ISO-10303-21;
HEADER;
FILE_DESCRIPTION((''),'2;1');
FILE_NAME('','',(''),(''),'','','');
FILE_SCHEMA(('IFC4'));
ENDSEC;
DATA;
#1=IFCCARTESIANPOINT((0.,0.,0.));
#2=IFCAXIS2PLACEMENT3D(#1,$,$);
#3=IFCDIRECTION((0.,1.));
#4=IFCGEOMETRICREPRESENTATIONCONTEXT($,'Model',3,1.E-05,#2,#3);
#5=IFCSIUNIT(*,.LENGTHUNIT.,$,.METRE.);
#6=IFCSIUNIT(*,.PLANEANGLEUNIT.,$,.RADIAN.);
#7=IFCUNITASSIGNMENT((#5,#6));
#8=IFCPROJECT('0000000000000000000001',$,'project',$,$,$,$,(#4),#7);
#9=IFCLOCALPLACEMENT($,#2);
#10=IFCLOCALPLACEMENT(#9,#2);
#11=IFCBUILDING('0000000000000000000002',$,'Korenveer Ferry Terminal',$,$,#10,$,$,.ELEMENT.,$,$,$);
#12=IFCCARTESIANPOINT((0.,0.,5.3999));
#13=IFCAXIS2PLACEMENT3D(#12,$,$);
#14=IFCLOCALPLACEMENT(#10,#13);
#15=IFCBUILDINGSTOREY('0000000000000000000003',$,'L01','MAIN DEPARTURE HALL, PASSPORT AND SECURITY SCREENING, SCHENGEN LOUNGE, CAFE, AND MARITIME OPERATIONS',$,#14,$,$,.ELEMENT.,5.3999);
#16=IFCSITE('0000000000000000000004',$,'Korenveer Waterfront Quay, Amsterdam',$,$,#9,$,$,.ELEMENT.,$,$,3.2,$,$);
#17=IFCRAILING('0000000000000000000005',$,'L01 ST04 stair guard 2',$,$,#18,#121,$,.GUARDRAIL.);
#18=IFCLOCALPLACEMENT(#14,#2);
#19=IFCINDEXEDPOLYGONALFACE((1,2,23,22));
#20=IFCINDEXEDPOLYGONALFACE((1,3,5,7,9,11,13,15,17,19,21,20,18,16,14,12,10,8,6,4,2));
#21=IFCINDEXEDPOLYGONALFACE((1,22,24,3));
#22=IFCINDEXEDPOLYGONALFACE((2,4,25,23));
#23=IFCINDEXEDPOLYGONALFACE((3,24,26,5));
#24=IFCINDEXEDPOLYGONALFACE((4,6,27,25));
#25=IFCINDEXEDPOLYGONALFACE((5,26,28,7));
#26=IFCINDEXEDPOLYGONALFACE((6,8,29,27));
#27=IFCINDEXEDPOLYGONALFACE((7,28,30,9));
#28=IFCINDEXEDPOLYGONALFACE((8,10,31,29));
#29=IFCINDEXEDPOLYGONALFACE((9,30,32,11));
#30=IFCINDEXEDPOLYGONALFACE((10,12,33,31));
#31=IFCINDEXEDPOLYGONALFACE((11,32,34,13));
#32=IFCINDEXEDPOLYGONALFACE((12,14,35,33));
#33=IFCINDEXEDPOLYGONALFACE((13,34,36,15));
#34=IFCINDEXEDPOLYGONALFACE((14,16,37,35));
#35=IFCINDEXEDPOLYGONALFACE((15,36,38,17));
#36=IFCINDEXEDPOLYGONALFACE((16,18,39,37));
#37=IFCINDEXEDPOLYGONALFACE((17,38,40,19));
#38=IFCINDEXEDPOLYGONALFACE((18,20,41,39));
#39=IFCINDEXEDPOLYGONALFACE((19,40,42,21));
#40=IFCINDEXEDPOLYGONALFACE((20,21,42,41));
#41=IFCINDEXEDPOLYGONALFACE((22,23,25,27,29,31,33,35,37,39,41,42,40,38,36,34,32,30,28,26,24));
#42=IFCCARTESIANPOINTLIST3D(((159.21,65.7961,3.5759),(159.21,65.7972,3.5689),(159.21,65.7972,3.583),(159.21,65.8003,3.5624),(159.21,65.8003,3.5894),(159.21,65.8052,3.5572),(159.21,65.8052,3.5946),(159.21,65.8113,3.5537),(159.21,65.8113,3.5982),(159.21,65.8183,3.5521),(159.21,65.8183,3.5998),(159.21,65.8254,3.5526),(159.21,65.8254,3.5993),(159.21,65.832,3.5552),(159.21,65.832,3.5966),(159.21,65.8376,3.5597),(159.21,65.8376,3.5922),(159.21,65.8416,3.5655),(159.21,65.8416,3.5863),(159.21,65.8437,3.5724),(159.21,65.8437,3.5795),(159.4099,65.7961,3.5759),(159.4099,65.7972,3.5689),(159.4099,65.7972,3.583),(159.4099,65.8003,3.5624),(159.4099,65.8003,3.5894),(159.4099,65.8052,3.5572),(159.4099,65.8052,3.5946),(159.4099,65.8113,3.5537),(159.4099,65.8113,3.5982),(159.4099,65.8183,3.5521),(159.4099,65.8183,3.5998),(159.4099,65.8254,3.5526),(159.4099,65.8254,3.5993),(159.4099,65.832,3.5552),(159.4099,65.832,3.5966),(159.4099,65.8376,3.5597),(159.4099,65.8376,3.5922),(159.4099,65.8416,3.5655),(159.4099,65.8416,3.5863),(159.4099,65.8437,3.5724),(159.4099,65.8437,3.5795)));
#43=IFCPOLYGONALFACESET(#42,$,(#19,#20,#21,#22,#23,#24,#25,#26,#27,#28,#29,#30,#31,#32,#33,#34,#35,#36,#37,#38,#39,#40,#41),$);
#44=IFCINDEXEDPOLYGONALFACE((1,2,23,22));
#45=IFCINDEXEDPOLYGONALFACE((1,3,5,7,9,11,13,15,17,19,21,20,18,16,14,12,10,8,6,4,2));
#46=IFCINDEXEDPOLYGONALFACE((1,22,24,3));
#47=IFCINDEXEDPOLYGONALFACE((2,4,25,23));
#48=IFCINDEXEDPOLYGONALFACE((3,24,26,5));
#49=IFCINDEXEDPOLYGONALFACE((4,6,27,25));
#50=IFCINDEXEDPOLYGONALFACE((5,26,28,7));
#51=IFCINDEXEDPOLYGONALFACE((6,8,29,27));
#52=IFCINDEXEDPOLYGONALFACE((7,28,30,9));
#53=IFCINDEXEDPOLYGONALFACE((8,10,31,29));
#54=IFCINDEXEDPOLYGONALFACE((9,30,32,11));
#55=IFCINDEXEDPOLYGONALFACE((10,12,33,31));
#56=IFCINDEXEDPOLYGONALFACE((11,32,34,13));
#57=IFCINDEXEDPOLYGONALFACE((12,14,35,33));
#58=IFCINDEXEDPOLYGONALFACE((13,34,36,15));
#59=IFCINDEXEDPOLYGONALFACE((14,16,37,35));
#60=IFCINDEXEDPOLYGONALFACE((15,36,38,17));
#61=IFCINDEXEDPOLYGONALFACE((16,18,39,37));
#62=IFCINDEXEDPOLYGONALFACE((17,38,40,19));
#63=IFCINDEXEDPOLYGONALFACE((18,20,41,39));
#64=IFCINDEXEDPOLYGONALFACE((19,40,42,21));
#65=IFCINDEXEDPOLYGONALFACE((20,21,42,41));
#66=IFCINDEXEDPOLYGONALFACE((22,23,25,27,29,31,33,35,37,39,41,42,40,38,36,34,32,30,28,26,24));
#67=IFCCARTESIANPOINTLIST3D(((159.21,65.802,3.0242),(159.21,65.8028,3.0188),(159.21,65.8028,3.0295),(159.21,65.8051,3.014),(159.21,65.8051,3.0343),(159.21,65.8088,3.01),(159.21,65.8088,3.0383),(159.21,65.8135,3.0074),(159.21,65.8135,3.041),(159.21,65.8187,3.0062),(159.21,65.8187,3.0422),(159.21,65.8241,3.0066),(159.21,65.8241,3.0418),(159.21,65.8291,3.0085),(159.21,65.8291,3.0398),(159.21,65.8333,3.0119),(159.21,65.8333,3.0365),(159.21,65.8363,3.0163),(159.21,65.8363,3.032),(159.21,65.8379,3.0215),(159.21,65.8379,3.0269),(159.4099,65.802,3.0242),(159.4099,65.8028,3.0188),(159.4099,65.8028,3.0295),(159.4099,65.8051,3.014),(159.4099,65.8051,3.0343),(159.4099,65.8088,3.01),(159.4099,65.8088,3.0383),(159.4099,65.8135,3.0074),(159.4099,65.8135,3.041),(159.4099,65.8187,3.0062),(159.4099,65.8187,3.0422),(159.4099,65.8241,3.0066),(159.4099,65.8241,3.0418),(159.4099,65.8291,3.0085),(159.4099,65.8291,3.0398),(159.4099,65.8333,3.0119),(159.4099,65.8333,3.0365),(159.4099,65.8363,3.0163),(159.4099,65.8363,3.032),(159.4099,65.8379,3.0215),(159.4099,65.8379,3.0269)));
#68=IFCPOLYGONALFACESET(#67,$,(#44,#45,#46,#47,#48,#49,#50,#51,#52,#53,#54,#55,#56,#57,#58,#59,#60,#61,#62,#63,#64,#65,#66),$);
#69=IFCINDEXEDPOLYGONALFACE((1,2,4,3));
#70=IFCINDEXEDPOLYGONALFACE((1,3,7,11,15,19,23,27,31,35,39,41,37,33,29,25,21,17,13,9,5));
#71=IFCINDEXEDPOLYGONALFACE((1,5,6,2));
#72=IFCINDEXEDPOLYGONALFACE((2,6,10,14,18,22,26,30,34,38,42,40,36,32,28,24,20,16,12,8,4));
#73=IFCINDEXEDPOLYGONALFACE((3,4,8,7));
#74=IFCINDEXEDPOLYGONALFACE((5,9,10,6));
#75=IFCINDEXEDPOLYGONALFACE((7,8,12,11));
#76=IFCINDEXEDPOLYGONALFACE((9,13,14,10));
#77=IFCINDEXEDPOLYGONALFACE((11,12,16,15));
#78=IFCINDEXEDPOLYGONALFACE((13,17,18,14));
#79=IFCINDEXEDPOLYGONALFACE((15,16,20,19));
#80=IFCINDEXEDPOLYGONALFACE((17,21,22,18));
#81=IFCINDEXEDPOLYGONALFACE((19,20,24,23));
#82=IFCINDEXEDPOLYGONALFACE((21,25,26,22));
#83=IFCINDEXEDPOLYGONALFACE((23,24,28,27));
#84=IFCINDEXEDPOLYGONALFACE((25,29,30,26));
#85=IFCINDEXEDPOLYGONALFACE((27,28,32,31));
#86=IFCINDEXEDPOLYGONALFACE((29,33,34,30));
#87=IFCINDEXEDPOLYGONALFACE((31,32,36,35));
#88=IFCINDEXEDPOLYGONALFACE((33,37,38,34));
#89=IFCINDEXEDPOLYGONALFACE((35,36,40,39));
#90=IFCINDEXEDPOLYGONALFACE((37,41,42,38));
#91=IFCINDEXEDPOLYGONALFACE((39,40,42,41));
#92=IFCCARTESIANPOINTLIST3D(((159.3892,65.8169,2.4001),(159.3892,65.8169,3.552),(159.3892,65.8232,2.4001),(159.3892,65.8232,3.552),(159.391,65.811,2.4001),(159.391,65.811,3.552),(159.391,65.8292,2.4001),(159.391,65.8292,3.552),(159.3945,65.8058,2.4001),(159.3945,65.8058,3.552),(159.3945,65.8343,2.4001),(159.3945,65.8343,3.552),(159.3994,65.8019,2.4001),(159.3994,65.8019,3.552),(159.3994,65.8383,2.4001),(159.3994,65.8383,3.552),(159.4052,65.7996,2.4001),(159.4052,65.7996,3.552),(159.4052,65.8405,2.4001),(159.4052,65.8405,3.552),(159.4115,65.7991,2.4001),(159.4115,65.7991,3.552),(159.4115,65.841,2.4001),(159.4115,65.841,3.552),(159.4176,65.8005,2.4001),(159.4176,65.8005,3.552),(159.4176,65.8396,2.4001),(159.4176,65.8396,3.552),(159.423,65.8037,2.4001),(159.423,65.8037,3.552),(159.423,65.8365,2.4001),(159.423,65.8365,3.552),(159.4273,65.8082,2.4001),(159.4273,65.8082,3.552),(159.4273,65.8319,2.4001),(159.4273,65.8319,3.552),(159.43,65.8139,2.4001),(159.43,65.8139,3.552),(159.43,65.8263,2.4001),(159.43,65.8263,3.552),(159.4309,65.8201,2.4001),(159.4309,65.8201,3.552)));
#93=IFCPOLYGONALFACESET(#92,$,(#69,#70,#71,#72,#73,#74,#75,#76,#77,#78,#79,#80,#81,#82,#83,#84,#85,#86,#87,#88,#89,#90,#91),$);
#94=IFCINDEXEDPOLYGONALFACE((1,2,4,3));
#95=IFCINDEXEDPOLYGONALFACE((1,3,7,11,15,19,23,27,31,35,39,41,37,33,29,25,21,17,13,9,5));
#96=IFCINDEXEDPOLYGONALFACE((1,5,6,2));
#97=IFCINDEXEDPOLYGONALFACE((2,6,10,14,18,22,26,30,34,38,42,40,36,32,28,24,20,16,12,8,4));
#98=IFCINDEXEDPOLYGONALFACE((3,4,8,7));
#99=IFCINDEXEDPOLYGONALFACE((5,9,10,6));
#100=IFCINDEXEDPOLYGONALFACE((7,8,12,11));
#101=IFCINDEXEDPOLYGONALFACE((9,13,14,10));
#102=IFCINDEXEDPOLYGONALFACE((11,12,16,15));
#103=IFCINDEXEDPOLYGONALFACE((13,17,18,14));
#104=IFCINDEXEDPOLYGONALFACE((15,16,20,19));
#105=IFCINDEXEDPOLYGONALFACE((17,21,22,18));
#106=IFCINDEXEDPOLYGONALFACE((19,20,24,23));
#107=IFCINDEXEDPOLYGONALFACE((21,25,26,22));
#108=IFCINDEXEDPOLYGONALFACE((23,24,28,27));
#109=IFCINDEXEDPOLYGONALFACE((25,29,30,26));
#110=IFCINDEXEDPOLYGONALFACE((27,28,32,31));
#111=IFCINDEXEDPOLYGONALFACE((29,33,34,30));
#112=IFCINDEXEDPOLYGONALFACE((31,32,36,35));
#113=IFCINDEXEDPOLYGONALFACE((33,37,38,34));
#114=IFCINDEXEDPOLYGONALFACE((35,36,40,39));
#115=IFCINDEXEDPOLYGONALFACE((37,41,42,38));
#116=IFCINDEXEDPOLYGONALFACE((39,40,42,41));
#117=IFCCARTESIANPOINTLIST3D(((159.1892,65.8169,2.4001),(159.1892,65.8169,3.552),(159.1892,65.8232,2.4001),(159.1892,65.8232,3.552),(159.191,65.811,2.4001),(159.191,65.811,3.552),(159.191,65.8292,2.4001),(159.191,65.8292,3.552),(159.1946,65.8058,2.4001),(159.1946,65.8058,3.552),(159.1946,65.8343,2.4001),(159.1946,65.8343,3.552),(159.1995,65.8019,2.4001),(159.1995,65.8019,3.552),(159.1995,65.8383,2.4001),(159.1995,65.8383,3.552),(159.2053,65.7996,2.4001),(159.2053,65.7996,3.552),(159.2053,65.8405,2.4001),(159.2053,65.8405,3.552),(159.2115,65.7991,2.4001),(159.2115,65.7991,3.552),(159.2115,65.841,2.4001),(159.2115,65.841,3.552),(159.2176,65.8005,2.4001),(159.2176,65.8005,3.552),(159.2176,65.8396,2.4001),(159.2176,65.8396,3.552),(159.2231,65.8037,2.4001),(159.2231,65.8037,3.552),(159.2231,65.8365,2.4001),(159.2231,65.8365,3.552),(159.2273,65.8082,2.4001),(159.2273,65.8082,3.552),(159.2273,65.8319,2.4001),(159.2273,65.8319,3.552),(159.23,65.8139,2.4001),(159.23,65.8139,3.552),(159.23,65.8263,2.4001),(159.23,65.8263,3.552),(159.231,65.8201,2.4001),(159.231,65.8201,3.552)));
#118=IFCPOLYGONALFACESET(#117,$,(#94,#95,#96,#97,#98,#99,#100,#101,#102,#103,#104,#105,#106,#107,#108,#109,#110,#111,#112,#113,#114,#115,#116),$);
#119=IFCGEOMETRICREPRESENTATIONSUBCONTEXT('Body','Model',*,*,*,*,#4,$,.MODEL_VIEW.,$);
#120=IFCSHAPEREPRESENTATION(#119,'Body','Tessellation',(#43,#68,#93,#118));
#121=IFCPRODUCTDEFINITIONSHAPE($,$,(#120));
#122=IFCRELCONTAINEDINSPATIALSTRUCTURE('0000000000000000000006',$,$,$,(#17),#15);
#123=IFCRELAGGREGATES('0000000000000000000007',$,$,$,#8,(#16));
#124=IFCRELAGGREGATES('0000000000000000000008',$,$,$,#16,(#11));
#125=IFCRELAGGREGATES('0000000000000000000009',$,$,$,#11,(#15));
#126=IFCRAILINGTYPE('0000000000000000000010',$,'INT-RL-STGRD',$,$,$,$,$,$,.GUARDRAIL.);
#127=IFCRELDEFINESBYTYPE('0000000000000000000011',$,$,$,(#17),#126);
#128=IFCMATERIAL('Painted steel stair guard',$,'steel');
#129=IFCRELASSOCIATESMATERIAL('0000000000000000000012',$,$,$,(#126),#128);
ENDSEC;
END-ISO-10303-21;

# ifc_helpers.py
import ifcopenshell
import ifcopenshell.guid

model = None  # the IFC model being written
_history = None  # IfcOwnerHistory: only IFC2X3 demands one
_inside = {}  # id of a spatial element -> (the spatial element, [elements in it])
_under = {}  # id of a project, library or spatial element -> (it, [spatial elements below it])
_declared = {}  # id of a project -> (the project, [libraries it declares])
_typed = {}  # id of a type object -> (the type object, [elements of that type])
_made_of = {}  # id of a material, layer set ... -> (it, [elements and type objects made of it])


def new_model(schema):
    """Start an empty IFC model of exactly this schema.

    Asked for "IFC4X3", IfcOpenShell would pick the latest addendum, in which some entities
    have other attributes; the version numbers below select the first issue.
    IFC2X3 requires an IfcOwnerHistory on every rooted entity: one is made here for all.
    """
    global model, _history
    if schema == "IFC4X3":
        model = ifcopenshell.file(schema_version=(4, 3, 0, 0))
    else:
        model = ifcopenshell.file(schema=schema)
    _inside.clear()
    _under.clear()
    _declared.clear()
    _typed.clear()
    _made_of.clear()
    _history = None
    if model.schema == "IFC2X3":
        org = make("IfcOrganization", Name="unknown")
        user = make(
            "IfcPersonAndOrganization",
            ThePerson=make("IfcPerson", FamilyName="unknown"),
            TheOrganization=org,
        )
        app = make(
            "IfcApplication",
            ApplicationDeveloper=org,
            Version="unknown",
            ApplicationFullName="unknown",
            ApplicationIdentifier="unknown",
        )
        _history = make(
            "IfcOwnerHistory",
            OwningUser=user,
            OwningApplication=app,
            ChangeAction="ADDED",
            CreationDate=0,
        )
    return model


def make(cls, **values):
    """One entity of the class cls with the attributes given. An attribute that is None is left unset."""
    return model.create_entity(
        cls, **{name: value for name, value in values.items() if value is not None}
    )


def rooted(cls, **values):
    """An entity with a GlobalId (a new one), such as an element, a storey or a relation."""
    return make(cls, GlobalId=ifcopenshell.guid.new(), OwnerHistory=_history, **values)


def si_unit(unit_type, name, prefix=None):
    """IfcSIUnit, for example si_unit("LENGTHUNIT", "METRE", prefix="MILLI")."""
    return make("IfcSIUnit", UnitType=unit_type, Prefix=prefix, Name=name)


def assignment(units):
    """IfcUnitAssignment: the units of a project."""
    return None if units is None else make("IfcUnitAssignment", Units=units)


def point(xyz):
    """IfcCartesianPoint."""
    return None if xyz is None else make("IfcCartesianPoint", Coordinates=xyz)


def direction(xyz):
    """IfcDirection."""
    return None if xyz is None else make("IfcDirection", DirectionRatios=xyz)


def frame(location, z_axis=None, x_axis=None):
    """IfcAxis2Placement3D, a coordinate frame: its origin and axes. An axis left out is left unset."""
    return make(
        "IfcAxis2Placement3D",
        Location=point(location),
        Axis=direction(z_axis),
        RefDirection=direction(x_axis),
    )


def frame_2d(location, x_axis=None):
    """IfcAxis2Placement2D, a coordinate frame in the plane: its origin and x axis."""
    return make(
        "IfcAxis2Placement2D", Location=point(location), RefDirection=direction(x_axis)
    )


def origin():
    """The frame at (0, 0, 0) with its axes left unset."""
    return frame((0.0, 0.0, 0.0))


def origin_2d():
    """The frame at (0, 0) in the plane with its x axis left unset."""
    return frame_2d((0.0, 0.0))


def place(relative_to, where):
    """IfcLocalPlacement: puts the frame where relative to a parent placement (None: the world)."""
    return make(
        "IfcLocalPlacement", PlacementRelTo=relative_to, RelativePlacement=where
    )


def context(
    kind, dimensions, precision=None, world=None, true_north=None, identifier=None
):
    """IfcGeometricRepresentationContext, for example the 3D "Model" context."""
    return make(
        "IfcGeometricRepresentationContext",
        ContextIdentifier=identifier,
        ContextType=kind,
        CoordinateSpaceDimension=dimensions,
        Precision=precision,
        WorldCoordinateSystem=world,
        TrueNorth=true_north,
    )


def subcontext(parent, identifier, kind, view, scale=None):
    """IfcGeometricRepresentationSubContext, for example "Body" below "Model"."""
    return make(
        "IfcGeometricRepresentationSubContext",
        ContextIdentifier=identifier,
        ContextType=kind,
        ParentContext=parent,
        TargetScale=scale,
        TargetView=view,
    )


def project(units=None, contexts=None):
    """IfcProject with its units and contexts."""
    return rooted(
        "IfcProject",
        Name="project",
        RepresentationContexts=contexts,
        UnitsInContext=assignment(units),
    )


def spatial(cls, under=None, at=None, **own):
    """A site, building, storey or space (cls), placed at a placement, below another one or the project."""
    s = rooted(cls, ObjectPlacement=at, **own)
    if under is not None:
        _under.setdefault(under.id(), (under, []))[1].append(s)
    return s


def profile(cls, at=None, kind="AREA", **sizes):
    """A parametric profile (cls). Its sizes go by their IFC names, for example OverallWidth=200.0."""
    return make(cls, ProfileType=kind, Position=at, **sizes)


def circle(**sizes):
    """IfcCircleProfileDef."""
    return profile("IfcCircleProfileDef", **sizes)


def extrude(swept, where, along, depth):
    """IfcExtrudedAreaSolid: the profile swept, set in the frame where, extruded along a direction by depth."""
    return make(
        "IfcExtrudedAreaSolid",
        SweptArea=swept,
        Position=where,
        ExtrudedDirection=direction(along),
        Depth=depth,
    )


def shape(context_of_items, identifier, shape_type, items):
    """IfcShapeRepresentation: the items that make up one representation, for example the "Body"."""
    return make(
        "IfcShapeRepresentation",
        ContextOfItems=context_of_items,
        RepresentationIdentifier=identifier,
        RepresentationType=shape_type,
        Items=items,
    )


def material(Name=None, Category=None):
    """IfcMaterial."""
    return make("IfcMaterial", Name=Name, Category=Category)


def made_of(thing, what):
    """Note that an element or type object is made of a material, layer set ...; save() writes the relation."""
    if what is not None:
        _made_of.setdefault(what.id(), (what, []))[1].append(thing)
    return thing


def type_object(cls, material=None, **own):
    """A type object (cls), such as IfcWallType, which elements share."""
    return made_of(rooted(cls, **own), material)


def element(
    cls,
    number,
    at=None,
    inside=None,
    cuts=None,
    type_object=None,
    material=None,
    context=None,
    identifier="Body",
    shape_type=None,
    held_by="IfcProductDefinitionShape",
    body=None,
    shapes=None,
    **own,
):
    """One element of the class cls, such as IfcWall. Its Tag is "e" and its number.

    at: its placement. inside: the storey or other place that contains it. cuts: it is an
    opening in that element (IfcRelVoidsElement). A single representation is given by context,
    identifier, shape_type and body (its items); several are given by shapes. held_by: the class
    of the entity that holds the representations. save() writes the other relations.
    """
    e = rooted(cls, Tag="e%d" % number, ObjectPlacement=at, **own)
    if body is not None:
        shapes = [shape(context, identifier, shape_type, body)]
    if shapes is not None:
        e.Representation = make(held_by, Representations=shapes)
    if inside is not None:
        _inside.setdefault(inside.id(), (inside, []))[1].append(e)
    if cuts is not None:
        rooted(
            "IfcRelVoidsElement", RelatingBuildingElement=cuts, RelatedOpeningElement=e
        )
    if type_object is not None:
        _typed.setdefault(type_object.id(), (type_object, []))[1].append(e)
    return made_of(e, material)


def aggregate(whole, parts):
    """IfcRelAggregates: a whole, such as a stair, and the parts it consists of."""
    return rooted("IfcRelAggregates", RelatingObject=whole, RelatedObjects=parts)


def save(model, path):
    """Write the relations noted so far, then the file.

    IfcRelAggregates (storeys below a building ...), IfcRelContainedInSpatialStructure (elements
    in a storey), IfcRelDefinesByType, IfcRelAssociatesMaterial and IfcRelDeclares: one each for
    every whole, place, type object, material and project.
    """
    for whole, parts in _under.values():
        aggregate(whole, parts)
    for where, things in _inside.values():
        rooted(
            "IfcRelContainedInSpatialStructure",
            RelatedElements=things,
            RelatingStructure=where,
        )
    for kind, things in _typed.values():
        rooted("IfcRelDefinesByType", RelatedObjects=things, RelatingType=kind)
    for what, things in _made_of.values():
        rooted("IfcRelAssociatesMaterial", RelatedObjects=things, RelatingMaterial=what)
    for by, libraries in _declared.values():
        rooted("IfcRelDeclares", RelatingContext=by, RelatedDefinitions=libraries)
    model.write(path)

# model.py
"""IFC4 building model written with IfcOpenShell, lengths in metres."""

from ifc_helpers import new_model, si_unit, direction, frame, origin, origin_2d, place, context, subcontext, project, spatial, circle, extrude, material, type_object, element, save


model = new_model("IFC4")

# Units and contexts
model_context = context("Model", 3, precision=1e-05, world=origin(), true_north=direction((0.0, 1.0)))
body_context = subcontext(model_context, "Body", "Model", "MODEL_VIEW")
ifc_project = project(units=[si_unit("LENGTHUNIT", "METRE"), si_unit("PLANEANGLEUNIT", "RADIAN")], contexts=[model_context])

# Site, building, storey
site_placement = place(None, origin())
site = spatial("IfcSite", under=ifc_project, at=site_placement, Name="Korenveer Waterfront Quay, Amsterdam", CompositionType="ELEMENT", RefElevation=3.2)
building_placement = place(site_placement, origin())
building = spatial("IfcBuilding", under=site, at=building_placement, Name="Korenveer Ferry Terminal", CompositionType="ELEMENT")
storey_placement = place(building_placement, frame((0.0, 0.0, 5.3999)))
storey = spatial("IfcBuildingStorey", under=building, at=storey_placement, Name="L01", Description="MAIN DEPARTURE HALL, PASSPORT AND SECURITY SCREENING, SCHENGEN LOUNGE, CAFE, AND MARITIME OPERATIONS", CompositionType="ELEMENT", Elevation=5.3999)

# Railing
ifc_material_1 = material(Name="Painted steel stair guard", Category="steel")
railing_type_1 = type_object("IfcRailingType", Name="INT-RL-STGRD", PredefinedType="GUARDRAIL", material=ifc_material_1)
railing_1_placement = place(storey_placement, frame((159.4099, 65.8201, 2.4001)))
element("IfcRailing", 1, at=railing_1_placement, inside=storey, type_object=railing_type_1, Name="L01 ST04 stair guard 2", PredefinedType="GUARDRAIL", context=body_context, shape_type="SweptSolid", body=[
    extrude(circle(Radius=0.0239, at=origin_2d()), frame((0.0, 0.0, 1.1758), z_axis=(-1.0, 0.0, 0.0), x_axis=(0.0, -1.0, 0.0)), (0.0, 0.0, 1.0), 0.2),
    extrude(circle(Radius=0.0181, at=origin_2d()), frame((0.0, 0.0, 0.624), z_axis=(-1.0, 0.0, 0.0), x_axis=(0.0, -1.0, 0.0)), (0.0, 0.0, 1.0), 0.2),
    extrude(circle(Radius=0.021, at=origin_2d()), origin(), (0.0, 0.0, 1.0), 1.1519),
    extrude(circle(Radius=0.021, at=origin_2d()), frame((-0.2, 0.0, 0.0)), (0.0, 0.0, 1.0), 1.1519),
])

save(model, "model.ifc")
